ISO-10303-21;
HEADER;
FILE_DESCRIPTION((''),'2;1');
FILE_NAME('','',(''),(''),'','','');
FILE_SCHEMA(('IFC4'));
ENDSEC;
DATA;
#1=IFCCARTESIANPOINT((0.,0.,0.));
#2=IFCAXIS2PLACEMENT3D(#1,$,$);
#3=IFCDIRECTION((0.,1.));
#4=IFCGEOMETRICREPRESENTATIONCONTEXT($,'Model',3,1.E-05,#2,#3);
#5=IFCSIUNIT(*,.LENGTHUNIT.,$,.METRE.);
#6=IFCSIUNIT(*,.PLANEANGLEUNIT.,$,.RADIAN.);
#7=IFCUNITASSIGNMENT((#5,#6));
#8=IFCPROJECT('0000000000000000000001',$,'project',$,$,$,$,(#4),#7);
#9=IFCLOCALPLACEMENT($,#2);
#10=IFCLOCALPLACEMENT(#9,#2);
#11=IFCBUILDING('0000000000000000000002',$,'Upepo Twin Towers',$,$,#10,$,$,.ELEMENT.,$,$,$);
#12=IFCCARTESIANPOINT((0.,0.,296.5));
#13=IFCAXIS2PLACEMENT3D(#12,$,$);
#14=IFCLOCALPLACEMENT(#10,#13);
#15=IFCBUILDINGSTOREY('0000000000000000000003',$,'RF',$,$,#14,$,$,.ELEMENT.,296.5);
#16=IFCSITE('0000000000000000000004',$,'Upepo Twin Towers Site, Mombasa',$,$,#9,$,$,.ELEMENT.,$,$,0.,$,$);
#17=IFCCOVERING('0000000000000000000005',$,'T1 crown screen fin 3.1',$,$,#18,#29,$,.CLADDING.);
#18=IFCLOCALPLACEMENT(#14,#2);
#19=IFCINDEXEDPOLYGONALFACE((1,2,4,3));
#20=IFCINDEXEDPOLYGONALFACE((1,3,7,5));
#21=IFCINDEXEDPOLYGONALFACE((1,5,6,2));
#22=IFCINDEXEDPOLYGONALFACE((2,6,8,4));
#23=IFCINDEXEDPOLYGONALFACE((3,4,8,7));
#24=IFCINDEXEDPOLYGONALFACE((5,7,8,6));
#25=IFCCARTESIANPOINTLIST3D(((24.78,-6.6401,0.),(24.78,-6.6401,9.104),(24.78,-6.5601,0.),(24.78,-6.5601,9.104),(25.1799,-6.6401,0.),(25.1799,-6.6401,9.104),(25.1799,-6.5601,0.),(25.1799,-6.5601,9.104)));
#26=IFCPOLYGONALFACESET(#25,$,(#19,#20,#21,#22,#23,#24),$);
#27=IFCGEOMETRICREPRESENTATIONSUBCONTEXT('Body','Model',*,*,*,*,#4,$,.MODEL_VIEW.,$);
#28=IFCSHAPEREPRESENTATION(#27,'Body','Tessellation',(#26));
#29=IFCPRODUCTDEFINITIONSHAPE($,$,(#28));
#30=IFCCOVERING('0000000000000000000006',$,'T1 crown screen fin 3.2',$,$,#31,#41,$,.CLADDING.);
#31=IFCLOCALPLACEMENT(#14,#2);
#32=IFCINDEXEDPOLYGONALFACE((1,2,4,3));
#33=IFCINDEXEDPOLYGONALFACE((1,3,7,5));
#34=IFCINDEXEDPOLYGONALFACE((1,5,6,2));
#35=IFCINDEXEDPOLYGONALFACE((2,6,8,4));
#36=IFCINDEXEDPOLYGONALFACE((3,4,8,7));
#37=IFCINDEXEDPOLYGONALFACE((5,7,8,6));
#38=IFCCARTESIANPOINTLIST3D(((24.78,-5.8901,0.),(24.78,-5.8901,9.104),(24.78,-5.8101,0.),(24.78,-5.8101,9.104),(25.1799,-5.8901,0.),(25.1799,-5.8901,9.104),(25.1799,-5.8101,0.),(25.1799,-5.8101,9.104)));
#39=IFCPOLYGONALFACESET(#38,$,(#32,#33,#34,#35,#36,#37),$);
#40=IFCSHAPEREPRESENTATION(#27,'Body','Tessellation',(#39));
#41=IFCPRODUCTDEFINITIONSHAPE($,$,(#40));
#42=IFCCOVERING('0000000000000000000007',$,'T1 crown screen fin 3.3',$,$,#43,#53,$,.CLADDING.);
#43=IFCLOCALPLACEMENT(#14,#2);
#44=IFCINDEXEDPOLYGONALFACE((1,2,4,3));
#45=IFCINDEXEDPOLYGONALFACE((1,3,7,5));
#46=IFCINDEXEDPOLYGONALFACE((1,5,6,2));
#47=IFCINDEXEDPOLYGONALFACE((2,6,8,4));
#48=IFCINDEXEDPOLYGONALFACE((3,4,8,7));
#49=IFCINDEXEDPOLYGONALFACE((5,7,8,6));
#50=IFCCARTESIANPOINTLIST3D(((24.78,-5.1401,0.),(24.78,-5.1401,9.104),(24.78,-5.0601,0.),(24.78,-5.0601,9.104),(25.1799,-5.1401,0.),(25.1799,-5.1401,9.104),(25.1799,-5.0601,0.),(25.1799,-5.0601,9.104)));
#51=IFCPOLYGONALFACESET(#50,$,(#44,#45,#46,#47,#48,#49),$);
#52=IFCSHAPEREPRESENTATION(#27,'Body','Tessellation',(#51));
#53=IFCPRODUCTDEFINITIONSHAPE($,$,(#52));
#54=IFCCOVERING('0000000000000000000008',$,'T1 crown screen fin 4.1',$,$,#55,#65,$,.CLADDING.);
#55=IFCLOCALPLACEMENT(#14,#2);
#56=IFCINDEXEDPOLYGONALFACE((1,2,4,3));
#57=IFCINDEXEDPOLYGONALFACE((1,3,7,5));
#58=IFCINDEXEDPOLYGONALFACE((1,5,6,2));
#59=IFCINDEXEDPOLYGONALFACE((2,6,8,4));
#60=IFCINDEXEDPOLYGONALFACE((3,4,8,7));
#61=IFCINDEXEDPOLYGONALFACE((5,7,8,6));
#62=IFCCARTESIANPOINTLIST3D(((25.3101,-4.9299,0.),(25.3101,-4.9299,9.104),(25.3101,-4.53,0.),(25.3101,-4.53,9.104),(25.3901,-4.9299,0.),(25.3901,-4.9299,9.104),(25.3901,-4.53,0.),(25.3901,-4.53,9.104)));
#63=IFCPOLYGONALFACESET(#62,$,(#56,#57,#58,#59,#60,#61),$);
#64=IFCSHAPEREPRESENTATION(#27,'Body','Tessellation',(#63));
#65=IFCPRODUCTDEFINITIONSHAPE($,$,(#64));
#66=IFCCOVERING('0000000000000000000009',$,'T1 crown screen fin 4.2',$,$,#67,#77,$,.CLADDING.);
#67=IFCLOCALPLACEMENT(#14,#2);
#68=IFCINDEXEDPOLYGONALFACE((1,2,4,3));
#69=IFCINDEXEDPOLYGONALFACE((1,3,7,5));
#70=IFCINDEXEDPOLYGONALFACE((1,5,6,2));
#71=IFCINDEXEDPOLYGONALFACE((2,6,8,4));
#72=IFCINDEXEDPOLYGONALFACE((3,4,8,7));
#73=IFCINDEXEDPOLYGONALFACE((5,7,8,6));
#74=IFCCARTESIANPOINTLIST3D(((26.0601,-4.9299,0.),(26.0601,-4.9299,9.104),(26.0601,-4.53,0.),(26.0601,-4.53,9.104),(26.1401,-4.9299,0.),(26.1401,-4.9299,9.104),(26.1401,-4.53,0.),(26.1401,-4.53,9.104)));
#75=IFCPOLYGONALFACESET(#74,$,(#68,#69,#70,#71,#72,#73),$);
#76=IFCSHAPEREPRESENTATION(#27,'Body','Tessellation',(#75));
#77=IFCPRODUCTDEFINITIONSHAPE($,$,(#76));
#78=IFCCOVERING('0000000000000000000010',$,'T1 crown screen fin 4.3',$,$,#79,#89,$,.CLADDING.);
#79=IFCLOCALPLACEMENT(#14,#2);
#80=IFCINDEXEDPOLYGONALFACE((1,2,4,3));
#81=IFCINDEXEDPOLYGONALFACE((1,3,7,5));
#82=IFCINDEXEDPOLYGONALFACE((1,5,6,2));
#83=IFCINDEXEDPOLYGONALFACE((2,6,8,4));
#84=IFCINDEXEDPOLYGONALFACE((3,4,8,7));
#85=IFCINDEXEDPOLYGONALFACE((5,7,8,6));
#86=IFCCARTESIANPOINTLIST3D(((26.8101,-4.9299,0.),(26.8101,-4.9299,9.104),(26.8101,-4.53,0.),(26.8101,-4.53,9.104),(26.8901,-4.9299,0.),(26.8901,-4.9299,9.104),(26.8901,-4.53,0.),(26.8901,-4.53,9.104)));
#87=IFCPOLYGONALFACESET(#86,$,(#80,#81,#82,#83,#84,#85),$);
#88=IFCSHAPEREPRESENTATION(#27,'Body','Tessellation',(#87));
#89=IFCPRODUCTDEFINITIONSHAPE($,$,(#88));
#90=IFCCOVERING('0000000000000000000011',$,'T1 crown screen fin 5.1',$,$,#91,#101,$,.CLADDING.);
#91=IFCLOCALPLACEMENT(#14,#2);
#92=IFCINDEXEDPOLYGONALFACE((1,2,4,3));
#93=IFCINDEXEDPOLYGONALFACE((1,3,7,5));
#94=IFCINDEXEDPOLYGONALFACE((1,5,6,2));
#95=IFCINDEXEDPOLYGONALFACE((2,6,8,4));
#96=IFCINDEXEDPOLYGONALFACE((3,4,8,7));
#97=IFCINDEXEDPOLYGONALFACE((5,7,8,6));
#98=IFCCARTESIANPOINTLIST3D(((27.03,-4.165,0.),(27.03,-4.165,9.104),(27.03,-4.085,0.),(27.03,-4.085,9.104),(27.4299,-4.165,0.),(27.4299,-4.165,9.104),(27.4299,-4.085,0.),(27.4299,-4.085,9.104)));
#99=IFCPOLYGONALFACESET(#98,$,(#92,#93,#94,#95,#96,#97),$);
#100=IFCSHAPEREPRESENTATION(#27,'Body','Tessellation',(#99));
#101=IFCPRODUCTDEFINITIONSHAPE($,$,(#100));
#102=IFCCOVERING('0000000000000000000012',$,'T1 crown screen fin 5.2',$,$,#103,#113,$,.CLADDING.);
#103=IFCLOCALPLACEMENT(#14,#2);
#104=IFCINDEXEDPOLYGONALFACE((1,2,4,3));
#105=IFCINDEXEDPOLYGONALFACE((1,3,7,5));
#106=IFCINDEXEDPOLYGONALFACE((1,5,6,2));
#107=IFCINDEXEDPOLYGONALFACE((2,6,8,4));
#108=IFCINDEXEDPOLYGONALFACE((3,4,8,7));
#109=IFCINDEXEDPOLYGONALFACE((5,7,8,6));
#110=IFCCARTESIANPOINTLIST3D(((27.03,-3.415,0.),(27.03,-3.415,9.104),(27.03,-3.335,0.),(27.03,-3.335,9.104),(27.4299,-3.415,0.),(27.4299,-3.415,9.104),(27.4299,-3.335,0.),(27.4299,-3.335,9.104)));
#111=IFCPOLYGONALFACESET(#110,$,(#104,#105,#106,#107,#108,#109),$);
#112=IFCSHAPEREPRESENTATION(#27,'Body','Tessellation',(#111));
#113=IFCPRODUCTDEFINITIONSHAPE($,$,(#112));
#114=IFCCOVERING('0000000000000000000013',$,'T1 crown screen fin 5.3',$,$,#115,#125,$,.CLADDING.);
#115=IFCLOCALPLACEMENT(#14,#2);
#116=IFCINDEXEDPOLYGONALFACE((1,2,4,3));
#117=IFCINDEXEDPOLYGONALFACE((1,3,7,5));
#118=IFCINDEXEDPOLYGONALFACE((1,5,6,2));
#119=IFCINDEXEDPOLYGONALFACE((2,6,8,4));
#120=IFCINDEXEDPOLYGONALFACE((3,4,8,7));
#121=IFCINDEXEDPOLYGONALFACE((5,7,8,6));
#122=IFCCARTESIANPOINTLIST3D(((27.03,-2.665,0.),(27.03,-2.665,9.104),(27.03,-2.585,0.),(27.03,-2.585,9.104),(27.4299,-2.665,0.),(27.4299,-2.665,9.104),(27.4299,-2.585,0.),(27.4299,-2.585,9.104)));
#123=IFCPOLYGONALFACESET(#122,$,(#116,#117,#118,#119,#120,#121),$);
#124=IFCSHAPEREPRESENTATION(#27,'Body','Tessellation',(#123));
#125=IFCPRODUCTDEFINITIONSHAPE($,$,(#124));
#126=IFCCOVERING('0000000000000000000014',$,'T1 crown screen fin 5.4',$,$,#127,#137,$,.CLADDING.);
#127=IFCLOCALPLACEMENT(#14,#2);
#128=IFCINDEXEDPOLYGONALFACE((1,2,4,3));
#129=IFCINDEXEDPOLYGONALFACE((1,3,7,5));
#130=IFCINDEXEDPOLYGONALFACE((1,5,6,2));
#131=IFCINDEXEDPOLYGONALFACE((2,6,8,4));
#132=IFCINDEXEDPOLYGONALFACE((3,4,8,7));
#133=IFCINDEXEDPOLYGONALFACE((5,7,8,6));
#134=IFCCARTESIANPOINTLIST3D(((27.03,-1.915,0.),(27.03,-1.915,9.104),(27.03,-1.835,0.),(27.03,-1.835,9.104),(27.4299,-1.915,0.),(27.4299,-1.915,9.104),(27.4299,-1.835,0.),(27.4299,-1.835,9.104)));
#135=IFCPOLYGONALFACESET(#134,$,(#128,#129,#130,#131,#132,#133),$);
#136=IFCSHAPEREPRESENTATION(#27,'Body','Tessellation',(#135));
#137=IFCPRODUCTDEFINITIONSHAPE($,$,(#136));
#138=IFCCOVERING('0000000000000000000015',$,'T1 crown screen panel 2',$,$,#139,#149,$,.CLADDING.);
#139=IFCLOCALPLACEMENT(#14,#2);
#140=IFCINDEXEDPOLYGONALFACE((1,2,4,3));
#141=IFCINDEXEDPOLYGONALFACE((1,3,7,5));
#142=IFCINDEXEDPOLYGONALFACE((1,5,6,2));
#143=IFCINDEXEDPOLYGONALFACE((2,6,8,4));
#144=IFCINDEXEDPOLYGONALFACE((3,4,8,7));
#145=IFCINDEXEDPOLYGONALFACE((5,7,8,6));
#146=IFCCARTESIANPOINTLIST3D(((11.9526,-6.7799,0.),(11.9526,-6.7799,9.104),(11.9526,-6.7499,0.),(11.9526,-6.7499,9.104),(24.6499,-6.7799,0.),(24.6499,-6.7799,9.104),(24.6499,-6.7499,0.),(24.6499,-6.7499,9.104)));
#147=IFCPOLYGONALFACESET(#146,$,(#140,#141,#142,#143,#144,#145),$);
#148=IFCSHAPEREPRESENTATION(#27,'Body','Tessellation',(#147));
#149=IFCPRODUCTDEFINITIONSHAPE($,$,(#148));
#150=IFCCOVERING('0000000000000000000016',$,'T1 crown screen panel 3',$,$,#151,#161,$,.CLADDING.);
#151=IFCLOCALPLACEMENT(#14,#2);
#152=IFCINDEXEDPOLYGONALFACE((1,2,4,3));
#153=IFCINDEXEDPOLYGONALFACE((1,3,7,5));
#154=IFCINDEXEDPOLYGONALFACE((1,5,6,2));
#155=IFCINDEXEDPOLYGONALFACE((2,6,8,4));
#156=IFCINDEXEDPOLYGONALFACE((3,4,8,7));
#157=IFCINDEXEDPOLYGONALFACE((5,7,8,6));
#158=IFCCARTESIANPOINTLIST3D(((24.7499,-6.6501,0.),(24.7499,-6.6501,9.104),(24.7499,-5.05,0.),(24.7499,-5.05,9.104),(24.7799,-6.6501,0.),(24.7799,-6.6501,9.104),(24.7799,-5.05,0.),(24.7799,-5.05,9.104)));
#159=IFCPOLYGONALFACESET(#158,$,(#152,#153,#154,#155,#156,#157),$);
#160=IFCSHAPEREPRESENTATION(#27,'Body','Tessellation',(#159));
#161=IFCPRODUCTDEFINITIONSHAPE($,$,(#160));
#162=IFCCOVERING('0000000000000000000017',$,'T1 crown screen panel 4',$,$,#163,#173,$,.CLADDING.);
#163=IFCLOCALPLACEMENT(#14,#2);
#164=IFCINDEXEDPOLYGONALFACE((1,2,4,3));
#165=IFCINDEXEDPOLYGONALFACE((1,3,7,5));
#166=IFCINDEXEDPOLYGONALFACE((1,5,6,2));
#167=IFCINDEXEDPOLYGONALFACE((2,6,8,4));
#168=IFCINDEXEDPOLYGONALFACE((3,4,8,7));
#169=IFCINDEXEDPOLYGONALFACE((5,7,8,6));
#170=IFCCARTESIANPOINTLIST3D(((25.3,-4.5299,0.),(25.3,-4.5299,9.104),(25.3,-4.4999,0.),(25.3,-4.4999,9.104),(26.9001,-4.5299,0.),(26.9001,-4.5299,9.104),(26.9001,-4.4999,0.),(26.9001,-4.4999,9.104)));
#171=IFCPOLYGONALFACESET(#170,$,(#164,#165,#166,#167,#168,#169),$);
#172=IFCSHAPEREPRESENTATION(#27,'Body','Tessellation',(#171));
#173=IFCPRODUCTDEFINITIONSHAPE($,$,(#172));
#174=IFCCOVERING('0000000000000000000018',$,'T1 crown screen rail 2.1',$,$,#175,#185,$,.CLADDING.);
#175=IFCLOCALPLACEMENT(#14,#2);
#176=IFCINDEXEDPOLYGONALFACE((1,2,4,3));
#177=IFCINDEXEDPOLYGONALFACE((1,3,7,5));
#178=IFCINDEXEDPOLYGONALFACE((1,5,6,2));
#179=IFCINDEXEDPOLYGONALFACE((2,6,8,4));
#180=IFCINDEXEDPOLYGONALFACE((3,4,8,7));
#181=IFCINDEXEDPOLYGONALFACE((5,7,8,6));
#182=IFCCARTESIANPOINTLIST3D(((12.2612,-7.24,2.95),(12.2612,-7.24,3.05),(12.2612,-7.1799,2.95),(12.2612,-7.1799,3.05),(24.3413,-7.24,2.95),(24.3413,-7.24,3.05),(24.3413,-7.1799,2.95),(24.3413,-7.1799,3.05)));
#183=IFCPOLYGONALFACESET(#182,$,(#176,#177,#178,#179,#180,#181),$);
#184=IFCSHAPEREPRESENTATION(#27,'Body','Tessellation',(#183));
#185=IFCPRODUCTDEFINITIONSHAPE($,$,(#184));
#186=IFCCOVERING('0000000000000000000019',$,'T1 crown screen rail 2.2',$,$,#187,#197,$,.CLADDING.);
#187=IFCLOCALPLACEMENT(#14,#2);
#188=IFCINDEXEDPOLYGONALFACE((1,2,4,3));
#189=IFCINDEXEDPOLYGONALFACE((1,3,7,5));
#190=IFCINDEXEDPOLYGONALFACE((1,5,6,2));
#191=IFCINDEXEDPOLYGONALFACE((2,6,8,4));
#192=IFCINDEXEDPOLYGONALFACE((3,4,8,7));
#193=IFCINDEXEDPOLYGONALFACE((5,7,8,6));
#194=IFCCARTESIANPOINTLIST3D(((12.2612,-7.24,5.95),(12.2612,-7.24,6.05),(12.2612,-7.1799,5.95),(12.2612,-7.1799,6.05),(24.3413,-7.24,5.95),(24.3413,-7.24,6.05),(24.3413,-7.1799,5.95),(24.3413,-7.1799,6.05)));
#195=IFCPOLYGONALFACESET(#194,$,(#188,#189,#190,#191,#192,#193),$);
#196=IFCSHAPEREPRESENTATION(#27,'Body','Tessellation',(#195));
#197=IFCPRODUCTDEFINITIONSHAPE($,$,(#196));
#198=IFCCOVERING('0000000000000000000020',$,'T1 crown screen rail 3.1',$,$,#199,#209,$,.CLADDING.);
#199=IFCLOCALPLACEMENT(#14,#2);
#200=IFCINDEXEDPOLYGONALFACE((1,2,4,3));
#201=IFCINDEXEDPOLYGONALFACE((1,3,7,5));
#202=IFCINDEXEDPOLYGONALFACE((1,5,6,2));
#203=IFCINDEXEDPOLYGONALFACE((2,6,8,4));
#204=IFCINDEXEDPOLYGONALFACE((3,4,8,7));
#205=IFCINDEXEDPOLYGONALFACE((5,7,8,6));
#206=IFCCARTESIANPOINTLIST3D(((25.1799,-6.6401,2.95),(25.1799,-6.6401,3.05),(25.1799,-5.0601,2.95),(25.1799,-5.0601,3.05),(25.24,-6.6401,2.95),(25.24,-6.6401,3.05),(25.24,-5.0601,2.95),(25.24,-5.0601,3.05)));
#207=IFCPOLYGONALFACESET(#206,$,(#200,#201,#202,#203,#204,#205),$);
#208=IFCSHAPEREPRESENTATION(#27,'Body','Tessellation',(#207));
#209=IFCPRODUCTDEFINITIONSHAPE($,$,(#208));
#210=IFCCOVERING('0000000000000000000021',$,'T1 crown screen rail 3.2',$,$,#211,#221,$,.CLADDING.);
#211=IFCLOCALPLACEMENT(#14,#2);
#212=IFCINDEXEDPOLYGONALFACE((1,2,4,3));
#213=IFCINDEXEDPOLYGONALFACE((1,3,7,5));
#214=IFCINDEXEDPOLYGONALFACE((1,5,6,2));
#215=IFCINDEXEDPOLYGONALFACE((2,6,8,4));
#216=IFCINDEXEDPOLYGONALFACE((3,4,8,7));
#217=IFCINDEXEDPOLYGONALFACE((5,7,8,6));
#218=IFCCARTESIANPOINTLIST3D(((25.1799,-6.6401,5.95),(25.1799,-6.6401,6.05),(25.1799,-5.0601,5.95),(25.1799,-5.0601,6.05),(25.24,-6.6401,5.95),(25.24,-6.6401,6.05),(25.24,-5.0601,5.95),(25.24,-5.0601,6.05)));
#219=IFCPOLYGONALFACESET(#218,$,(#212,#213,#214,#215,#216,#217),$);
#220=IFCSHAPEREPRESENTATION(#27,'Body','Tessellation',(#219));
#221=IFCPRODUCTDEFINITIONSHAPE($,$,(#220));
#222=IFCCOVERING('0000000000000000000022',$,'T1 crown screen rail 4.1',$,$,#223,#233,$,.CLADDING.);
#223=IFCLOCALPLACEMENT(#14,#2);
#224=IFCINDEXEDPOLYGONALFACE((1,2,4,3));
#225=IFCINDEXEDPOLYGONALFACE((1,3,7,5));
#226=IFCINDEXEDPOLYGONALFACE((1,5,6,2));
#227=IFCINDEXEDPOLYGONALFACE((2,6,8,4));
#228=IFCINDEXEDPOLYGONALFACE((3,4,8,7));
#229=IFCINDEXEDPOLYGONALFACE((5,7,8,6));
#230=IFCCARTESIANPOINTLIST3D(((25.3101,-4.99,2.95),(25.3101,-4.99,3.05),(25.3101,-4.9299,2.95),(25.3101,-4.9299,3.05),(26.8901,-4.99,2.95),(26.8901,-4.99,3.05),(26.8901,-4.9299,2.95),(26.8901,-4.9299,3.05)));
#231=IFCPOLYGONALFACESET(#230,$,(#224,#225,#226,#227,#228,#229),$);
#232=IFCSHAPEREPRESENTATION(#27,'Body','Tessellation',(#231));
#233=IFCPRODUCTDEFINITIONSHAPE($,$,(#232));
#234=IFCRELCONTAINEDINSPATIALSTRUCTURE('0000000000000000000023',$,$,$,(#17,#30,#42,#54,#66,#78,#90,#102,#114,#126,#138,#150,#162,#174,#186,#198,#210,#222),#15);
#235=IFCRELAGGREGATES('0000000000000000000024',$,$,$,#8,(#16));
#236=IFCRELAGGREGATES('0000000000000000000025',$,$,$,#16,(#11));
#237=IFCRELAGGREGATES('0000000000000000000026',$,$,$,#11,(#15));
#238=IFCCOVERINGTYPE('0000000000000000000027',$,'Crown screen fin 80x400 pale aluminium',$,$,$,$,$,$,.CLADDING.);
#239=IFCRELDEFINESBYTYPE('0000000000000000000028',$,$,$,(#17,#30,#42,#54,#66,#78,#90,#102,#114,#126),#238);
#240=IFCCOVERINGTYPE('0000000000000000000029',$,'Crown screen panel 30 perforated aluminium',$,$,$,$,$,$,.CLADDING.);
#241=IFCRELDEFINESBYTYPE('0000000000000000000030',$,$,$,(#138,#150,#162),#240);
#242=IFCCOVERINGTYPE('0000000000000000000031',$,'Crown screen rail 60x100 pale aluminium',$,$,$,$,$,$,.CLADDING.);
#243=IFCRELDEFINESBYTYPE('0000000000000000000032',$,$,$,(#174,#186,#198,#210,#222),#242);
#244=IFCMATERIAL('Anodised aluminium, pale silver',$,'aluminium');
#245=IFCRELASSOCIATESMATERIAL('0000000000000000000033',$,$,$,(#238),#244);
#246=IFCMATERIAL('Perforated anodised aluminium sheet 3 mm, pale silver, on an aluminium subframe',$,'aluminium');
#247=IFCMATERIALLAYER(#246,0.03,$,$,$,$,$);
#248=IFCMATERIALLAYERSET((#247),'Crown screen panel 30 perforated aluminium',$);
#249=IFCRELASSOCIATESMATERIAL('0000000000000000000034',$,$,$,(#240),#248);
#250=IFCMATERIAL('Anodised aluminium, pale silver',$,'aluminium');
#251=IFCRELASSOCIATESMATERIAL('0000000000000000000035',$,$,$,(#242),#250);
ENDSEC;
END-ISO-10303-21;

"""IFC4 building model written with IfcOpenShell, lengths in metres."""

from ifc_helpers import new_model, si_unit, direction, frame, origin, origin_2d, place, context, subcontext, project, spatial, rectangle, extrude, material, layer, layer_set, type_object, element, save


model = new_model("IFC4")

# Units and contexts
model_context = context("Model", 3, precision=1e-05, world=origin(), true_north=direction((0.0, 1.0)))
body_context = subcontext(model_context, "Body", "Model", "MODEL_VIEW")
ifc_project = project(units=[si_unit("LENGTHUNIT", "METRE"), si_unit("PLANEANGLEUNIT", "RADIAN")], contexts=[model_context])

# Site, building, storey
site_placement = place(None, origin())
site = spatial("IfcSite", under=ifc_project, at=site_placement, Name="Upepo Twin Towers Site, Mombasa", CompositionType="ELEMENT", RefElevation=0.0)
building_placement = place(site_placement, origin())
building = spatial("IfcBuilding", under=site, at=building_placement, Name="Upepo Twin Towers", CompositionType="ELEMENT")
storey_placement = place(building_placement, frame((0.0, 0.0, 296.5)))
storey = spatial("IfcBuildingStorey", under=building, at=storey_placement, Name="RF", CompositionType="ELEMENT", Elevation=296.5)

# Coverings
ifc_material_1 = material(Name="Anodised aluminium, pale silver", Category="aluminium")
covering_type_1 = type_object("IfcCoveringType", Name="Crown screen fin 80x400 pale aluminium", PredefinedType="CLADDING", material=ifc_material_1)
for number, where, z_axis, x_axis, name in (
    (1, (24.98, -6.6001, 0.0), (0.0, 0.0, 1.0), (0.0, 1.0, 0.0), "T1 crown screen fin 3.1"),
    (2, (24.98, -5.8501, 0.0), (0.0, 0.0, 1.0), (0.0, 1.0, 0.0), "T1 crown screen fin 3.2"),
    (3, (24.98, -5.1001, 0.0), (0.0, 0.0, 1.0), (0.0, 1.0, 0.0), "T1 crown screen fin 3.3"),
    (4, (25.3501, -4.73, 0.0), (0.0, 0.0, 1.0), (1.0, 0.0, 0.0), "T1 crown screen fin 4.1"),
    (5, (26.1001, -4.73, 0.0), (0.0, 0.0, 1.0), (1.0, 0.0, 0.0), "T1 crown screen fin 4.2"),
    (6, (26.8501, -4.73, 0.0), (0.0, 0.0, 1.0), (1.0, 0.0, 0.0), "T1 crown screen fin 4.3"),
    (7, (27.23, -4.125, 0.0), (0.0, 0.0, 1.0), (0.0, 1.0, 0.0), "T1 crown screen fin 5.1"),
    (8, (27.23, -3.375, 0.0), (0.0, 0.0, 1.0), (0.0, 1.0, 0.0), "T1 crown screen fin 5.2"),
    (9, (27.23, -2.625, 0.0), (0.0, 0.0, 1.0), (0.0, 1.0, 0.0), "T1 crown screen fin 5.3"),
    (10, (27.23, -1.875, 0.0), (0.0, 0.0, 1.0), (0.0, 1.0, 0.0), "T1 crown screen fin 5.4"),
):
    element("IfcCovering", number, at=place(storey_placement, frame(where, z_axis=z_axis, x_axis=x_axis)), inside=storey, type_object=covering_type_1, Name=name, PredefinedType="CLADDING", context=body_context, shape_type="SweptSolid", body=[
        extrude(rectangle(XDim=0.0801, YDim=0.3999, at=origin_2d()), origin(), (0.0, 0.0, 1.0), 9.104),
    ])
ifc_material_2 = material(Name="Perforated anodised aluminium sheet 3 mm, pale silver, on an aluminium subframe", Category="aluminium")
ifc_layer_1 = layer(ifc_material_2, 0.03)
ifc_layer_set_1 = layer_set([ifc_layer_1], Name="Crown screen panel 30 perforated aluminium")
covering_type_2 = type_object("IfcCoveringType", Name="Crown screen panel 30 perforated aluminium", PredefinedType="CLADDING", material=ifc_layer_set_1)
covering_placement = place(storey_placement, frame((18.3013, -6.7649, 0.0), z_axis=(0.0, 0.0, 1.0), x_axis=(1.0, 0.0, 0.0)))
element("IfcCovering", 11, at=covering_placement, inside=storey, type_object=covering_type_2, Name="T1 crown screen panel 2", PredefinedType="CLADDING", context=body_context, shape_type="SweptSolid", body=[
    extrude(rectangle(XDim=12.6973, YDim=0.03, at=origin_2d()), origin(), (0.0, 0.0, 1.0), 9.104),
])
for number, where, z_axis, x_axis, name in (
    (12, (24.7649, -5.8501, 0.0), (0.0, 0.0, 1.0), (0.0, 1.0, 0.0), "T1 crown screen panel 3"),
    (13, (26.1001, -4.5149, 0.0), (0.0, 0.0, 1.0), (1.0, 0.0, 0.0), "T1 crown screen panel 4"),
):
    element("IfcCovering", number, at=place(storey_placement, frame(where, z_axis=z_axis, x_axis=x_axis)), inside=storey, type_object=covering_type_2, Name=name, PredefinedType="CLADDING", context=body_context, shape_type="SweptSolid", body=[
        extrude(rectangle(XDim=1.6001, YDim=0.03, at=origin_2d()), origin(), (0.0, 0.0, 1.0), 9.104),
    ])
ifc_material_3 = material(Name="Anodised aluminium, pale silver", Category="aluminium")
covering_type_3 = type_object("IfcCoveringType", Name="Crown screen rail 60x100 pale aluminium", PredefinedType="CLADDING", material=ifc_material_3)
for number, where, z_axis, x_axis, name in (
    (14, (18.3013, -7.21, 2.95), (0.0, 0.0, 1.0), (1.0, 0.0, 0.0), "T1 crown screen rail 2.1"),
    (15, (18.3013, -7.21, 5.95), (0.0, 0.0, 1.0), (1.0, 0.0, 0.0), "T1 crown screen rail 2.2"),
):
    element("IfcCovering", number, at=place(storey_placement, frame(where, z_axis=z_axis, x_axis=x_axis)), inside=storey, type_object=covering_type_3, Name=name, PredefinedType="CLADDING", context=body_context, shape_type="SweptSolid", body=[
        extrude(rectangle(XDim=12.0801, YDim=0.0601, at=origin_2d()), origin(), (0.0, 0.0, 1.0), 0.1001),
    ])
for number, where, z_axis, x_axis, name in (
    (16, (25.21, -5.8501, 2.95), (0.0, 0.0, 1.0), (0.0, 1.0, 0.0), "T1 crown screen rail 3.1"),
    (17, (25.21, -5.8501, 5.95), (0.0, 0.0, 1.0), (0.0, 1.0, 0.0), "T1 crown screen rail 3.2"),
    (18, (26.1001, -4.96, 2.95), (0.0, 0.0, 1.0), (1.0, 0.0, 0.0), "T1 crown screen rail 4.1"),
):
    element("IfcCovering", number, at=place(storey_placement, frame(where, z_axis=z_axis, x_axis=x_axis)), inside=storey, type_object=covering_type_3, Name=name, PredefinedType="CLADDING", context=body_context, shape_type="SweptSolid", body=[
        extrude(rectangle(XDim=1.5801, YDim=0.0601, at=origin_2d()), origin(), (0.0, 0.0, 1.0), 0.1001),
    ])

save(model, "model.ifc")
